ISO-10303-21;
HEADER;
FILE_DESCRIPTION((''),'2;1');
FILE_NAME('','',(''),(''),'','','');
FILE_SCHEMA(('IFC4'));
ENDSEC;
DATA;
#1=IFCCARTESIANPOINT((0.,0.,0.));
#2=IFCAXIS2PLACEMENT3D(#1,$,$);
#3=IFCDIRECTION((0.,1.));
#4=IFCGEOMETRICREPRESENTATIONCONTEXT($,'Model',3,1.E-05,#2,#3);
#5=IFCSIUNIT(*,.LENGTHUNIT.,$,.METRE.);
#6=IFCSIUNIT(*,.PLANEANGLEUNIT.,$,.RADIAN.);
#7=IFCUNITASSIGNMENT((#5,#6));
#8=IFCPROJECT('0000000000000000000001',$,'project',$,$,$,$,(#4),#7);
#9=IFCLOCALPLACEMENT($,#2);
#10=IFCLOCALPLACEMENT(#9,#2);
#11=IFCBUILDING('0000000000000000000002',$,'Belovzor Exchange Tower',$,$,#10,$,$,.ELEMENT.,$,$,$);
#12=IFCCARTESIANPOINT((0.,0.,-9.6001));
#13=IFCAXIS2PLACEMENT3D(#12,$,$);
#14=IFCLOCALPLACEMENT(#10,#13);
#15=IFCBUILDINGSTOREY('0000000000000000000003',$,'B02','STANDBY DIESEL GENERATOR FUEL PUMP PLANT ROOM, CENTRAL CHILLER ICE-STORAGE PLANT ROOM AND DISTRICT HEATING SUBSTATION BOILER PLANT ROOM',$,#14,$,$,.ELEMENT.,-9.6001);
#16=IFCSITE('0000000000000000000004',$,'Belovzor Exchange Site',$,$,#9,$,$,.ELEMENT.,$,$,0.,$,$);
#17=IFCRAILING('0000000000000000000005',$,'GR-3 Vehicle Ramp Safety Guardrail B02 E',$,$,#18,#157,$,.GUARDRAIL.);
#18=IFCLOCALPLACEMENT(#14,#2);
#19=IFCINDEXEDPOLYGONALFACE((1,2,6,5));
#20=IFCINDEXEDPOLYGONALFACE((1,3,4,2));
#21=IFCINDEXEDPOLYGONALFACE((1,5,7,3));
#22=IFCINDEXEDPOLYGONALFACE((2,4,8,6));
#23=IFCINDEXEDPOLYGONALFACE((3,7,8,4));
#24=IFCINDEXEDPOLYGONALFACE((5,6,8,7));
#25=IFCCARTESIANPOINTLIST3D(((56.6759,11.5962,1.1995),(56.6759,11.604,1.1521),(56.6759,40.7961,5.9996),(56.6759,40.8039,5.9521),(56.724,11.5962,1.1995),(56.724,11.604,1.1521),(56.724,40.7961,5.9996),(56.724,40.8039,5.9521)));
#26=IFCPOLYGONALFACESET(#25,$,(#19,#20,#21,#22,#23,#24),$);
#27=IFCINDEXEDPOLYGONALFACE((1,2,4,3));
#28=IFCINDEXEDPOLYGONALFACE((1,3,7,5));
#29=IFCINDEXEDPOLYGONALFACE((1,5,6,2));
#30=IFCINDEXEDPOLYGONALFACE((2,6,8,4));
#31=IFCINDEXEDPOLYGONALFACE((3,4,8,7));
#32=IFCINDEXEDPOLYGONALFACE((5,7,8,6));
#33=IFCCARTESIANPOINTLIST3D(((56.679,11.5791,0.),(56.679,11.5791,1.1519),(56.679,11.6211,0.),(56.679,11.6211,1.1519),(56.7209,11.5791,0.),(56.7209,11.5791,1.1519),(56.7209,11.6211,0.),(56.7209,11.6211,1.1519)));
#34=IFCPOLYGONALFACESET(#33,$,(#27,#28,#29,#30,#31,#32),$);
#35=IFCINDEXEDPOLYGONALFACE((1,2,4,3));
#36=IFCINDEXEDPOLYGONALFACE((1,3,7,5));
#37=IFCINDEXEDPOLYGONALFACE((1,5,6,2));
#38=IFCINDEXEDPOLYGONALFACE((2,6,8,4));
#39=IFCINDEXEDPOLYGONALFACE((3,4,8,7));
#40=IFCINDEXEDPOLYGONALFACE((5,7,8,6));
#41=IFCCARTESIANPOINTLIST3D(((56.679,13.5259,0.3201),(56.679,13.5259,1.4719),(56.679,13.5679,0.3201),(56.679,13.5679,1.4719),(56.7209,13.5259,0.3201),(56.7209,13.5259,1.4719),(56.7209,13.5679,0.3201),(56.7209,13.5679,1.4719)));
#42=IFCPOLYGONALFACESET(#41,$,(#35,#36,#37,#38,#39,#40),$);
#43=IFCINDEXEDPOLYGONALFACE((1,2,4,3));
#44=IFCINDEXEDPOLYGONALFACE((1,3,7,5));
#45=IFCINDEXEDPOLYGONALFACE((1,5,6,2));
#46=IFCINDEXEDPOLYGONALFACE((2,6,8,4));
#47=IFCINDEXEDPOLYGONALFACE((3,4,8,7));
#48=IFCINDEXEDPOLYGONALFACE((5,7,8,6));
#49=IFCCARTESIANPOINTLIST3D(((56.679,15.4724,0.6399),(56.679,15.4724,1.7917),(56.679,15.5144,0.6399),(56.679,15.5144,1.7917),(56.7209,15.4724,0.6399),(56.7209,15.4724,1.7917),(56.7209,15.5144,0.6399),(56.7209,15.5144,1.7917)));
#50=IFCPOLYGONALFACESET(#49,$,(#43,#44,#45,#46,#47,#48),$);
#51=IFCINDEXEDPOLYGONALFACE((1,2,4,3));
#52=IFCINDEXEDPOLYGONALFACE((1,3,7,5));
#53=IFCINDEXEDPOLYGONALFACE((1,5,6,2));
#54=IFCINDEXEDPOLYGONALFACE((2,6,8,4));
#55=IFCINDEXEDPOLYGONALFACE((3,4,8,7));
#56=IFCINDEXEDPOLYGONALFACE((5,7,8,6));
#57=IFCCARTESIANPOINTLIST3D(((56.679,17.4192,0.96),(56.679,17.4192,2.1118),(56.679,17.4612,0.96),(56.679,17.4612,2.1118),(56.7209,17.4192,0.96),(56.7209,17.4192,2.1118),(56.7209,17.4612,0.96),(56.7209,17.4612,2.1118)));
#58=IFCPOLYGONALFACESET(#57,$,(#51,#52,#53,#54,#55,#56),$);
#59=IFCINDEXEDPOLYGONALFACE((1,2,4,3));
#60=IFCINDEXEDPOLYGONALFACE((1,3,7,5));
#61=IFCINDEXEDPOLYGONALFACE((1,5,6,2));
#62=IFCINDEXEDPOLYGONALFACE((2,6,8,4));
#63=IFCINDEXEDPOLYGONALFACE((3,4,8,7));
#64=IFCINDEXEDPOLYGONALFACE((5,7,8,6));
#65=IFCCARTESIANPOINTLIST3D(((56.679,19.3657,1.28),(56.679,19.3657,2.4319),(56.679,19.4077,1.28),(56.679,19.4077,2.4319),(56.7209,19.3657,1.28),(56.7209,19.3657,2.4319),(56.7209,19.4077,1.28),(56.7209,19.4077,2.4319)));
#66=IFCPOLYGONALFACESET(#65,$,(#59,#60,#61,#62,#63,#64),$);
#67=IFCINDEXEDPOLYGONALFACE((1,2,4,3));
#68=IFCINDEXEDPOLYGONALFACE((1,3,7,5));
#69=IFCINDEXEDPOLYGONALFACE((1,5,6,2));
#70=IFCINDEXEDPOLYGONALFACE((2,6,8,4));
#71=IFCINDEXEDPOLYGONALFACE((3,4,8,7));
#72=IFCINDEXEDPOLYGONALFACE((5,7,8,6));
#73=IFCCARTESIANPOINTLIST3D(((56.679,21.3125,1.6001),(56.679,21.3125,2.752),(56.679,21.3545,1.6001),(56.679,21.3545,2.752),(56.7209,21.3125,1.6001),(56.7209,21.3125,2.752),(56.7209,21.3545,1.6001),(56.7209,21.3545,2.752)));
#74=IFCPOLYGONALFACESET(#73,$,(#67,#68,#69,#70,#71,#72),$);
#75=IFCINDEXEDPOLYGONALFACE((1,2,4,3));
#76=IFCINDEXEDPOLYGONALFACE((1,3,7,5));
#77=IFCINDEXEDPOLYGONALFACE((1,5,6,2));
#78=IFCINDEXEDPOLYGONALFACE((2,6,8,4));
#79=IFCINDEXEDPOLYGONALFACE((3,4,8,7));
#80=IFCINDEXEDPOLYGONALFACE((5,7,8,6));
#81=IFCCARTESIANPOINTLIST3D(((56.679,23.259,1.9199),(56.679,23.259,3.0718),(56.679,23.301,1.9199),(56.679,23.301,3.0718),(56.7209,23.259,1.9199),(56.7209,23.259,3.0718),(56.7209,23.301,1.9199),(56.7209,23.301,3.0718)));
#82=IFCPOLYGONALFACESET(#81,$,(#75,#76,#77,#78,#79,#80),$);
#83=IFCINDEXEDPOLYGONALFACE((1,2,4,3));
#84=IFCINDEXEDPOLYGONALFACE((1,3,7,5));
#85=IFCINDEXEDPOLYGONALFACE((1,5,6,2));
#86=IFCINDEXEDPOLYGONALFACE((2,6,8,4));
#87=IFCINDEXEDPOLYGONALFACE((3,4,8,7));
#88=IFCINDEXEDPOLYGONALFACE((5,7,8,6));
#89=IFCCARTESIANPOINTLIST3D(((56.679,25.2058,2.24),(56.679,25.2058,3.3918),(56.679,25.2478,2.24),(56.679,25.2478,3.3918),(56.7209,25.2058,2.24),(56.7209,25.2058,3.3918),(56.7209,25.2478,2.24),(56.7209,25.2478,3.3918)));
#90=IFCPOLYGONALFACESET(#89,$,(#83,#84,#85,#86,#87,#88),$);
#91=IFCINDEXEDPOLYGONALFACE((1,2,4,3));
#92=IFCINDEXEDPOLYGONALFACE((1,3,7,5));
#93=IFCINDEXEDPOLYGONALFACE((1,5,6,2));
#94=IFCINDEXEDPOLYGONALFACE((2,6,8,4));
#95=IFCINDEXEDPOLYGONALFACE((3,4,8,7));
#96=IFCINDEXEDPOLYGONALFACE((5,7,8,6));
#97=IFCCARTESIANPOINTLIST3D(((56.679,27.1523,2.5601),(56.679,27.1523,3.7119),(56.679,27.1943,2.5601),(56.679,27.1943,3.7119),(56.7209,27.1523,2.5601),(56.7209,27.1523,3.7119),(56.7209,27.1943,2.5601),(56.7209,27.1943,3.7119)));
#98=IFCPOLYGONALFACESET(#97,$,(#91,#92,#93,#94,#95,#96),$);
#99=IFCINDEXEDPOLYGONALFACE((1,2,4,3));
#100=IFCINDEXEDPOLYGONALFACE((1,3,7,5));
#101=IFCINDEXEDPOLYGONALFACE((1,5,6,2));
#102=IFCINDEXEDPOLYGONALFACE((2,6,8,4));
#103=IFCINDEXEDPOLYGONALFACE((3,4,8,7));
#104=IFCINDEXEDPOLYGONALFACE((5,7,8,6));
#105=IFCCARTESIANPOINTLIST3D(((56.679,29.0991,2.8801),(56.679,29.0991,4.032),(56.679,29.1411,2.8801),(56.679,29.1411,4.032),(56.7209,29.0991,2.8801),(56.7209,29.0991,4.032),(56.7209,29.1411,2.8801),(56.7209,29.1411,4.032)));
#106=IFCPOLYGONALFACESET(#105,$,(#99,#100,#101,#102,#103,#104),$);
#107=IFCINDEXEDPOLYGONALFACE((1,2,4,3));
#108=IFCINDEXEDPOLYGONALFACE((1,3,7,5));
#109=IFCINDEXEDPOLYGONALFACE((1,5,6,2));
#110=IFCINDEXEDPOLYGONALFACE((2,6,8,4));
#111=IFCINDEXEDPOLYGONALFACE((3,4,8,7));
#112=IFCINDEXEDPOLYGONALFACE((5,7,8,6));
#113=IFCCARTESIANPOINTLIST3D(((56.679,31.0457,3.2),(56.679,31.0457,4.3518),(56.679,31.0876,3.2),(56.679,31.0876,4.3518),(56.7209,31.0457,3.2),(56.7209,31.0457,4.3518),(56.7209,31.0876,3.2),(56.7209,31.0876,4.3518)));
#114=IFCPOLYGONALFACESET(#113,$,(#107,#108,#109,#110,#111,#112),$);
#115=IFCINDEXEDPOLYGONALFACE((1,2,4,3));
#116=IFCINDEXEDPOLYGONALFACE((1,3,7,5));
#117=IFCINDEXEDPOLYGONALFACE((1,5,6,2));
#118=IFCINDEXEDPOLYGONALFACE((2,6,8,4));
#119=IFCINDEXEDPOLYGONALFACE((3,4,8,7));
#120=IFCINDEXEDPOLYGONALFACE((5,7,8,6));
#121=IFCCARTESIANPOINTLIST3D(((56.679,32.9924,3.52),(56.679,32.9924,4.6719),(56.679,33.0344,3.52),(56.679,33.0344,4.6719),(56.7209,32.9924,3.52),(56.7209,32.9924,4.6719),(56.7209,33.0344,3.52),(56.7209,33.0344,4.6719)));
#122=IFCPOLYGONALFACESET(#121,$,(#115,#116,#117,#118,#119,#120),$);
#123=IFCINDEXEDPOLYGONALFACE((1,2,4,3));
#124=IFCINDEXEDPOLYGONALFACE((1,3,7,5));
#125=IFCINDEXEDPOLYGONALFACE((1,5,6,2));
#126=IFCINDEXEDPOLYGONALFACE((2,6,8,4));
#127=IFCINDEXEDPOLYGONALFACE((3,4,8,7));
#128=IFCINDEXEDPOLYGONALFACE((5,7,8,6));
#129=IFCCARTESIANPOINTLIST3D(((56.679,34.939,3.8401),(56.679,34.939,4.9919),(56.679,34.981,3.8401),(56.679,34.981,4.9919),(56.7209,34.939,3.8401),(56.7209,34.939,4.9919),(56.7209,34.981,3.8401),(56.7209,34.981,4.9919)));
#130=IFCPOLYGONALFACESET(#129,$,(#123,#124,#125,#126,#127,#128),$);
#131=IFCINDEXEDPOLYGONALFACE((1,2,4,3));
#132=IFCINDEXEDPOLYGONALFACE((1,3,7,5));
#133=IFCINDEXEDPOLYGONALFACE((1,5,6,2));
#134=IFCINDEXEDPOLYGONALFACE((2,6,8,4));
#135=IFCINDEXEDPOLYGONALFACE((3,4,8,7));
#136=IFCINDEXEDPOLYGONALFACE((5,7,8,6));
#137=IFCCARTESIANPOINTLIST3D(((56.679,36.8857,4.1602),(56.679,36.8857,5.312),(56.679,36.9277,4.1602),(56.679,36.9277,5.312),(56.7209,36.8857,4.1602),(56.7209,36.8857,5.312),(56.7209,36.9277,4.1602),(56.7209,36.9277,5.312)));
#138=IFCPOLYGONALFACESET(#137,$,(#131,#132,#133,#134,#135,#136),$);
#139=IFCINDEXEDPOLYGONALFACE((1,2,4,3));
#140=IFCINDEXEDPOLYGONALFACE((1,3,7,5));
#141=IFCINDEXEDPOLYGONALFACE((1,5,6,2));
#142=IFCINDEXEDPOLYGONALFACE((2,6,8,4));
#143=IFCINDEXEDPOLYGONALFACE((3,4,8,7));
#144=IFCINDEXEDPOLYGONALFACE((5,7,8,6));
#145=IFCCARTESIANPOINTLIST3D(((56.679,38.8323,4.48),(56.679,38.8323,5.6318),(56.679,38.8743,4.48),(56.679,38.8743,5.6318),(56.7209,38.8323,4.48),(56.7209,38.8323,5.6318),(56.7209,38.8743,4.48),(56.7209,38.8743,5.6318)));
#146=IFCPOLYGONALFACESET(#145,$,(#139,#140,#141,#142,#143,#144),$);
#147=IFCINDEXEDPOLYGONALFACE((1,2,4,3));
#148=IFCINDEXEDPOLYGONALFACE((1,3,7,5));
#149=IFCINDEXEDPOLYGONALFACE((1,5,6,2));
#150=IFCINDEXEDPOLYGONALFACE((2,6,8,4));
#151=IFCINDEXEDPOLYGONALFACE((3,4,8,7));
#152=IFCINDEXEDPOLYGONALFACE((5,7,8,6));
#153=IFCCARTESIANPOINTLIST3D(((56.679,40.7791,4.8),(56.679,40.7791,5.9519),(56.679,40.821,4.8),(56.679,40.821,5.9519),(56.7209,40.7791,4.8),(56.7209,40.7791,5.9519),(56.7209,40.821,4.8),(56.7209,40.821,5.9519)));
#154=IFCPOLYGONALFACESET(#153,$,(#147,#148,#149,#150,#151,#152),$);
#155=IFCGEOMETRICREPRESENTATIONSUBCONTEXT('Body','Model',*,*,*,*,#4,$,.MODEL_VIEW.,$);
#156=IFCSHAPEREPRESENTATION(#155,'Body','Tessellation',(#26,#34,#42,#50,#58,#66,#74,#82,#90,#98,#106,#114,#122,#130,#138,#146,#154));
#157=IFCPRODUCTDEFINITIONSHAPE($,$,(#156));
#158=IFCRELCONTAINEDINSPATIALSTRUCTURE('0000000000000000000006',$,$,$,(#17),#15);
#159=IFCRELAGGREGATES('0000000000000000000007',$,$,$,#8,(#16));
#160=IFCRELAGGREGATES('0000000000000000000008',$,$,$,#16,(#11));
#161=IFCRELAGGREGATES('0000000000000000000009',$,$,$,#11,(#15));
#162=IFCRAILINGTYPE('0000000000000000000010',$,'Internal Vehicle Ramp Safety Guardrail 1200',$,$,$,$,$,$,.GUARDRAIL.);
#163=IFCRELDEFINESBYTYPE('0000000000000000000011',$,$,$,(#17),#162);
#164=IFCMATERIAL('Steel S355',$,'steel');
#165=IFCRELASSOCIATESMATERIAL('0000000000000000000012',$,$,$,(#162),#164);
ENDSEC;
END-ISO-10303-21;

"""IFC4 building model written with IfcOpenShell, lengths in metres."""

from ifc_helpers import new_model, si_unit, direction, frame, origin, origin_2d, place, context, subcontext, project, spatial, rectangle, extrude, material, type_object, element, save


model = new_model("IFC4")

# Units and contexts
model_context = context("Model", 3, precision=1e-05, world=origin(), true_north=direction((0.0, 1.0)))
body_context = subcontext(model_context, "Body", "Model", "MODEL_VIEW")
ifc_project = project(units=[si_unit("LENGTHUNIT", "METRE"), si_unit("PLANEANGLEUNIT", "RADIAN")], contexts=[model_context])

# Site, building, storey
site_placement = place(None, origin())
site = spatial("IfcSite", under=ifc_project, at=site_placement, Name="Belovzor Exchange Site", CompositionType="ELEMENT", RefElevation=0.0)
building_placement = place(site_placement, origin())
building = spatial("IfcBuilding", under=site, at=building_placement, Name="Belovzor Exchange Tower", CompositionType="ELEMENT")
storey_placement = place(building_placement, frame((0.0, 0.0, -9.6001)))
storey = spatial("IfcBuildingStorey", under=building, at=storey_placement, Name="B02", Description="STANDBY DIESEL GENERATOR FUEL PUMP PLANT ROOM, CENTRAL CHILLER ICE-STORAGE PLANT ROOM AND DISTRICT HEATING SUBSTATION BOILER PLANT ROOM", CompositionType="ELEMENT", Elevation=-9.6001)

# Railing
ifc_material_1 = material(Name="Steel S355", Category="steel")
railing_type = type_object("IfcRailingType", Name="Internal Vehicle Ramp Safety Guardrail 1200", PredefinedType="GUARDRAIL", material=ifc_material_1)
railing_1_placement = place(storey_placement, frame((56.7, 11.6001, 0.0)))
element("IfcRailing", 1, at=railing_1_placement, inside=storey, type_object=railing_type, Name="GR-3 Vehicle Ramp Safety Guardrail B02 E", PredefinedType="GUARDRAIL", context=body_context, shape_type="SweptSolid", body=[
    extrude(rectangle(XDim=0.0481, YDim=0.0481, at=origin_2d()), frame((0.0, 0.0, 1.1758), z_axis=(0.0, 0.986757, 0.162208), x_axis=(-1.0, 0.0, 0.0)), (0.0, 0.0, 1.0), 29.5918),
    extrude(rectangle(XDim=0.042, YDim=0.042, at=origin_2d()), origin(), (0.0, 0.0, 1.0), 1.1519),
    extrude(rectangle(XDim=0.042, YDim=0.042, at=origin_2d()), frame((0.0, 1.9468, 0.3201)), (0.0, 0.0, 1.0), 1.1519),
    extrude(rectangle(XDim=0.042, YDim=0.042, at=origin_2d()), frame((0.0, 3.8933, 0.6399)), (0.0, 0.0, 1.0), 1.1519),
    extrude(rectangle(XDim=0.042, YDim=0.042, at=origin_2d()), frame((0.0, 5.8401, 0.96)), (0.0, 0.0, 1.0), 1.1519),
    extrude(rectangle(XDim=0.042, YDim=0.042, at=origin_2d()), frame((0.0, 7.7866, 1.28)), (0.0, 0.0, 1.0), 1.1519),
    extrude(rectangle(XDim=0.042, YDim=0.042, at=origin_2d()), frame((0.0, 9.7334, 1.6001)), (0.0, 0.0, 1.0), 1.1519),
    extrude(rectangle(XDim=0.042, YDim=0.042, at=origin_2d()), frame((0.0, 11.6799, 1.9199)), (0.0, 0.0, 1.0), 1.1519),
    extrude(rectangle(XDim=0.042, YDim=0.042, at=origin_2d()), frame((0.0, 13.6267, 2.24)), (0.0, 0.0, 1.0), 1.1519),
    extrude(rectangle(XDim=0.042, YDim=0.042, at=origin_2d()), frame((0.0, 15.5732, 2.5601)), (0.0, 0.0, 1.0), 1.1519),
    extrude(rectangle(XDim=0.042, YDim=0.042, at=origin_2d()), frame((0.0, 17.52, 2.8801)), (0.0, 0.0, 1.0), 1.1519),
    extrude(rectangle(XDim=0.042, YDim=0.042, at=origin_2d()), frame((0.0, 19.4666, 3.2)), (0.0, 0.0, 1.0), 1.1519),
    extrude(rectangle(XDim=0.042, YDim=0.042, at=origin_2d()), frame((0.0, 21.4133, 3.52)), (0.0, 0.0, 1.0), 1.1519),
    extrude(rectangle(XDim=0.042, YDim=0.042, at=origin_2d()), frame((0.0, 23.3599, 3.8401)), (0.0, 0.0, 1.0), 1.1519),
    extrude(rectangle(XDim=0.042, YDim=0.042, at=origin_2d()), frame((0.0, 25.3066, 4.1602)), (0.0, 0.0, 1.0), 1.1519),
    extrude(rectangle(XDim=0.042, YDim=0.042, at=origin_2d()), frame((0.0, 27.2532, 4.48)), (0.0, 0.0, 1.0), 1.1519),
    extrude(rectangle(XDim=0.042, YDim=0.042, at=origin_2d()), frame((0.0, 29.2, 4.8)), (0.0, 0.0, 1.0), 1.1519),
])

save(model, "model.ifc")
